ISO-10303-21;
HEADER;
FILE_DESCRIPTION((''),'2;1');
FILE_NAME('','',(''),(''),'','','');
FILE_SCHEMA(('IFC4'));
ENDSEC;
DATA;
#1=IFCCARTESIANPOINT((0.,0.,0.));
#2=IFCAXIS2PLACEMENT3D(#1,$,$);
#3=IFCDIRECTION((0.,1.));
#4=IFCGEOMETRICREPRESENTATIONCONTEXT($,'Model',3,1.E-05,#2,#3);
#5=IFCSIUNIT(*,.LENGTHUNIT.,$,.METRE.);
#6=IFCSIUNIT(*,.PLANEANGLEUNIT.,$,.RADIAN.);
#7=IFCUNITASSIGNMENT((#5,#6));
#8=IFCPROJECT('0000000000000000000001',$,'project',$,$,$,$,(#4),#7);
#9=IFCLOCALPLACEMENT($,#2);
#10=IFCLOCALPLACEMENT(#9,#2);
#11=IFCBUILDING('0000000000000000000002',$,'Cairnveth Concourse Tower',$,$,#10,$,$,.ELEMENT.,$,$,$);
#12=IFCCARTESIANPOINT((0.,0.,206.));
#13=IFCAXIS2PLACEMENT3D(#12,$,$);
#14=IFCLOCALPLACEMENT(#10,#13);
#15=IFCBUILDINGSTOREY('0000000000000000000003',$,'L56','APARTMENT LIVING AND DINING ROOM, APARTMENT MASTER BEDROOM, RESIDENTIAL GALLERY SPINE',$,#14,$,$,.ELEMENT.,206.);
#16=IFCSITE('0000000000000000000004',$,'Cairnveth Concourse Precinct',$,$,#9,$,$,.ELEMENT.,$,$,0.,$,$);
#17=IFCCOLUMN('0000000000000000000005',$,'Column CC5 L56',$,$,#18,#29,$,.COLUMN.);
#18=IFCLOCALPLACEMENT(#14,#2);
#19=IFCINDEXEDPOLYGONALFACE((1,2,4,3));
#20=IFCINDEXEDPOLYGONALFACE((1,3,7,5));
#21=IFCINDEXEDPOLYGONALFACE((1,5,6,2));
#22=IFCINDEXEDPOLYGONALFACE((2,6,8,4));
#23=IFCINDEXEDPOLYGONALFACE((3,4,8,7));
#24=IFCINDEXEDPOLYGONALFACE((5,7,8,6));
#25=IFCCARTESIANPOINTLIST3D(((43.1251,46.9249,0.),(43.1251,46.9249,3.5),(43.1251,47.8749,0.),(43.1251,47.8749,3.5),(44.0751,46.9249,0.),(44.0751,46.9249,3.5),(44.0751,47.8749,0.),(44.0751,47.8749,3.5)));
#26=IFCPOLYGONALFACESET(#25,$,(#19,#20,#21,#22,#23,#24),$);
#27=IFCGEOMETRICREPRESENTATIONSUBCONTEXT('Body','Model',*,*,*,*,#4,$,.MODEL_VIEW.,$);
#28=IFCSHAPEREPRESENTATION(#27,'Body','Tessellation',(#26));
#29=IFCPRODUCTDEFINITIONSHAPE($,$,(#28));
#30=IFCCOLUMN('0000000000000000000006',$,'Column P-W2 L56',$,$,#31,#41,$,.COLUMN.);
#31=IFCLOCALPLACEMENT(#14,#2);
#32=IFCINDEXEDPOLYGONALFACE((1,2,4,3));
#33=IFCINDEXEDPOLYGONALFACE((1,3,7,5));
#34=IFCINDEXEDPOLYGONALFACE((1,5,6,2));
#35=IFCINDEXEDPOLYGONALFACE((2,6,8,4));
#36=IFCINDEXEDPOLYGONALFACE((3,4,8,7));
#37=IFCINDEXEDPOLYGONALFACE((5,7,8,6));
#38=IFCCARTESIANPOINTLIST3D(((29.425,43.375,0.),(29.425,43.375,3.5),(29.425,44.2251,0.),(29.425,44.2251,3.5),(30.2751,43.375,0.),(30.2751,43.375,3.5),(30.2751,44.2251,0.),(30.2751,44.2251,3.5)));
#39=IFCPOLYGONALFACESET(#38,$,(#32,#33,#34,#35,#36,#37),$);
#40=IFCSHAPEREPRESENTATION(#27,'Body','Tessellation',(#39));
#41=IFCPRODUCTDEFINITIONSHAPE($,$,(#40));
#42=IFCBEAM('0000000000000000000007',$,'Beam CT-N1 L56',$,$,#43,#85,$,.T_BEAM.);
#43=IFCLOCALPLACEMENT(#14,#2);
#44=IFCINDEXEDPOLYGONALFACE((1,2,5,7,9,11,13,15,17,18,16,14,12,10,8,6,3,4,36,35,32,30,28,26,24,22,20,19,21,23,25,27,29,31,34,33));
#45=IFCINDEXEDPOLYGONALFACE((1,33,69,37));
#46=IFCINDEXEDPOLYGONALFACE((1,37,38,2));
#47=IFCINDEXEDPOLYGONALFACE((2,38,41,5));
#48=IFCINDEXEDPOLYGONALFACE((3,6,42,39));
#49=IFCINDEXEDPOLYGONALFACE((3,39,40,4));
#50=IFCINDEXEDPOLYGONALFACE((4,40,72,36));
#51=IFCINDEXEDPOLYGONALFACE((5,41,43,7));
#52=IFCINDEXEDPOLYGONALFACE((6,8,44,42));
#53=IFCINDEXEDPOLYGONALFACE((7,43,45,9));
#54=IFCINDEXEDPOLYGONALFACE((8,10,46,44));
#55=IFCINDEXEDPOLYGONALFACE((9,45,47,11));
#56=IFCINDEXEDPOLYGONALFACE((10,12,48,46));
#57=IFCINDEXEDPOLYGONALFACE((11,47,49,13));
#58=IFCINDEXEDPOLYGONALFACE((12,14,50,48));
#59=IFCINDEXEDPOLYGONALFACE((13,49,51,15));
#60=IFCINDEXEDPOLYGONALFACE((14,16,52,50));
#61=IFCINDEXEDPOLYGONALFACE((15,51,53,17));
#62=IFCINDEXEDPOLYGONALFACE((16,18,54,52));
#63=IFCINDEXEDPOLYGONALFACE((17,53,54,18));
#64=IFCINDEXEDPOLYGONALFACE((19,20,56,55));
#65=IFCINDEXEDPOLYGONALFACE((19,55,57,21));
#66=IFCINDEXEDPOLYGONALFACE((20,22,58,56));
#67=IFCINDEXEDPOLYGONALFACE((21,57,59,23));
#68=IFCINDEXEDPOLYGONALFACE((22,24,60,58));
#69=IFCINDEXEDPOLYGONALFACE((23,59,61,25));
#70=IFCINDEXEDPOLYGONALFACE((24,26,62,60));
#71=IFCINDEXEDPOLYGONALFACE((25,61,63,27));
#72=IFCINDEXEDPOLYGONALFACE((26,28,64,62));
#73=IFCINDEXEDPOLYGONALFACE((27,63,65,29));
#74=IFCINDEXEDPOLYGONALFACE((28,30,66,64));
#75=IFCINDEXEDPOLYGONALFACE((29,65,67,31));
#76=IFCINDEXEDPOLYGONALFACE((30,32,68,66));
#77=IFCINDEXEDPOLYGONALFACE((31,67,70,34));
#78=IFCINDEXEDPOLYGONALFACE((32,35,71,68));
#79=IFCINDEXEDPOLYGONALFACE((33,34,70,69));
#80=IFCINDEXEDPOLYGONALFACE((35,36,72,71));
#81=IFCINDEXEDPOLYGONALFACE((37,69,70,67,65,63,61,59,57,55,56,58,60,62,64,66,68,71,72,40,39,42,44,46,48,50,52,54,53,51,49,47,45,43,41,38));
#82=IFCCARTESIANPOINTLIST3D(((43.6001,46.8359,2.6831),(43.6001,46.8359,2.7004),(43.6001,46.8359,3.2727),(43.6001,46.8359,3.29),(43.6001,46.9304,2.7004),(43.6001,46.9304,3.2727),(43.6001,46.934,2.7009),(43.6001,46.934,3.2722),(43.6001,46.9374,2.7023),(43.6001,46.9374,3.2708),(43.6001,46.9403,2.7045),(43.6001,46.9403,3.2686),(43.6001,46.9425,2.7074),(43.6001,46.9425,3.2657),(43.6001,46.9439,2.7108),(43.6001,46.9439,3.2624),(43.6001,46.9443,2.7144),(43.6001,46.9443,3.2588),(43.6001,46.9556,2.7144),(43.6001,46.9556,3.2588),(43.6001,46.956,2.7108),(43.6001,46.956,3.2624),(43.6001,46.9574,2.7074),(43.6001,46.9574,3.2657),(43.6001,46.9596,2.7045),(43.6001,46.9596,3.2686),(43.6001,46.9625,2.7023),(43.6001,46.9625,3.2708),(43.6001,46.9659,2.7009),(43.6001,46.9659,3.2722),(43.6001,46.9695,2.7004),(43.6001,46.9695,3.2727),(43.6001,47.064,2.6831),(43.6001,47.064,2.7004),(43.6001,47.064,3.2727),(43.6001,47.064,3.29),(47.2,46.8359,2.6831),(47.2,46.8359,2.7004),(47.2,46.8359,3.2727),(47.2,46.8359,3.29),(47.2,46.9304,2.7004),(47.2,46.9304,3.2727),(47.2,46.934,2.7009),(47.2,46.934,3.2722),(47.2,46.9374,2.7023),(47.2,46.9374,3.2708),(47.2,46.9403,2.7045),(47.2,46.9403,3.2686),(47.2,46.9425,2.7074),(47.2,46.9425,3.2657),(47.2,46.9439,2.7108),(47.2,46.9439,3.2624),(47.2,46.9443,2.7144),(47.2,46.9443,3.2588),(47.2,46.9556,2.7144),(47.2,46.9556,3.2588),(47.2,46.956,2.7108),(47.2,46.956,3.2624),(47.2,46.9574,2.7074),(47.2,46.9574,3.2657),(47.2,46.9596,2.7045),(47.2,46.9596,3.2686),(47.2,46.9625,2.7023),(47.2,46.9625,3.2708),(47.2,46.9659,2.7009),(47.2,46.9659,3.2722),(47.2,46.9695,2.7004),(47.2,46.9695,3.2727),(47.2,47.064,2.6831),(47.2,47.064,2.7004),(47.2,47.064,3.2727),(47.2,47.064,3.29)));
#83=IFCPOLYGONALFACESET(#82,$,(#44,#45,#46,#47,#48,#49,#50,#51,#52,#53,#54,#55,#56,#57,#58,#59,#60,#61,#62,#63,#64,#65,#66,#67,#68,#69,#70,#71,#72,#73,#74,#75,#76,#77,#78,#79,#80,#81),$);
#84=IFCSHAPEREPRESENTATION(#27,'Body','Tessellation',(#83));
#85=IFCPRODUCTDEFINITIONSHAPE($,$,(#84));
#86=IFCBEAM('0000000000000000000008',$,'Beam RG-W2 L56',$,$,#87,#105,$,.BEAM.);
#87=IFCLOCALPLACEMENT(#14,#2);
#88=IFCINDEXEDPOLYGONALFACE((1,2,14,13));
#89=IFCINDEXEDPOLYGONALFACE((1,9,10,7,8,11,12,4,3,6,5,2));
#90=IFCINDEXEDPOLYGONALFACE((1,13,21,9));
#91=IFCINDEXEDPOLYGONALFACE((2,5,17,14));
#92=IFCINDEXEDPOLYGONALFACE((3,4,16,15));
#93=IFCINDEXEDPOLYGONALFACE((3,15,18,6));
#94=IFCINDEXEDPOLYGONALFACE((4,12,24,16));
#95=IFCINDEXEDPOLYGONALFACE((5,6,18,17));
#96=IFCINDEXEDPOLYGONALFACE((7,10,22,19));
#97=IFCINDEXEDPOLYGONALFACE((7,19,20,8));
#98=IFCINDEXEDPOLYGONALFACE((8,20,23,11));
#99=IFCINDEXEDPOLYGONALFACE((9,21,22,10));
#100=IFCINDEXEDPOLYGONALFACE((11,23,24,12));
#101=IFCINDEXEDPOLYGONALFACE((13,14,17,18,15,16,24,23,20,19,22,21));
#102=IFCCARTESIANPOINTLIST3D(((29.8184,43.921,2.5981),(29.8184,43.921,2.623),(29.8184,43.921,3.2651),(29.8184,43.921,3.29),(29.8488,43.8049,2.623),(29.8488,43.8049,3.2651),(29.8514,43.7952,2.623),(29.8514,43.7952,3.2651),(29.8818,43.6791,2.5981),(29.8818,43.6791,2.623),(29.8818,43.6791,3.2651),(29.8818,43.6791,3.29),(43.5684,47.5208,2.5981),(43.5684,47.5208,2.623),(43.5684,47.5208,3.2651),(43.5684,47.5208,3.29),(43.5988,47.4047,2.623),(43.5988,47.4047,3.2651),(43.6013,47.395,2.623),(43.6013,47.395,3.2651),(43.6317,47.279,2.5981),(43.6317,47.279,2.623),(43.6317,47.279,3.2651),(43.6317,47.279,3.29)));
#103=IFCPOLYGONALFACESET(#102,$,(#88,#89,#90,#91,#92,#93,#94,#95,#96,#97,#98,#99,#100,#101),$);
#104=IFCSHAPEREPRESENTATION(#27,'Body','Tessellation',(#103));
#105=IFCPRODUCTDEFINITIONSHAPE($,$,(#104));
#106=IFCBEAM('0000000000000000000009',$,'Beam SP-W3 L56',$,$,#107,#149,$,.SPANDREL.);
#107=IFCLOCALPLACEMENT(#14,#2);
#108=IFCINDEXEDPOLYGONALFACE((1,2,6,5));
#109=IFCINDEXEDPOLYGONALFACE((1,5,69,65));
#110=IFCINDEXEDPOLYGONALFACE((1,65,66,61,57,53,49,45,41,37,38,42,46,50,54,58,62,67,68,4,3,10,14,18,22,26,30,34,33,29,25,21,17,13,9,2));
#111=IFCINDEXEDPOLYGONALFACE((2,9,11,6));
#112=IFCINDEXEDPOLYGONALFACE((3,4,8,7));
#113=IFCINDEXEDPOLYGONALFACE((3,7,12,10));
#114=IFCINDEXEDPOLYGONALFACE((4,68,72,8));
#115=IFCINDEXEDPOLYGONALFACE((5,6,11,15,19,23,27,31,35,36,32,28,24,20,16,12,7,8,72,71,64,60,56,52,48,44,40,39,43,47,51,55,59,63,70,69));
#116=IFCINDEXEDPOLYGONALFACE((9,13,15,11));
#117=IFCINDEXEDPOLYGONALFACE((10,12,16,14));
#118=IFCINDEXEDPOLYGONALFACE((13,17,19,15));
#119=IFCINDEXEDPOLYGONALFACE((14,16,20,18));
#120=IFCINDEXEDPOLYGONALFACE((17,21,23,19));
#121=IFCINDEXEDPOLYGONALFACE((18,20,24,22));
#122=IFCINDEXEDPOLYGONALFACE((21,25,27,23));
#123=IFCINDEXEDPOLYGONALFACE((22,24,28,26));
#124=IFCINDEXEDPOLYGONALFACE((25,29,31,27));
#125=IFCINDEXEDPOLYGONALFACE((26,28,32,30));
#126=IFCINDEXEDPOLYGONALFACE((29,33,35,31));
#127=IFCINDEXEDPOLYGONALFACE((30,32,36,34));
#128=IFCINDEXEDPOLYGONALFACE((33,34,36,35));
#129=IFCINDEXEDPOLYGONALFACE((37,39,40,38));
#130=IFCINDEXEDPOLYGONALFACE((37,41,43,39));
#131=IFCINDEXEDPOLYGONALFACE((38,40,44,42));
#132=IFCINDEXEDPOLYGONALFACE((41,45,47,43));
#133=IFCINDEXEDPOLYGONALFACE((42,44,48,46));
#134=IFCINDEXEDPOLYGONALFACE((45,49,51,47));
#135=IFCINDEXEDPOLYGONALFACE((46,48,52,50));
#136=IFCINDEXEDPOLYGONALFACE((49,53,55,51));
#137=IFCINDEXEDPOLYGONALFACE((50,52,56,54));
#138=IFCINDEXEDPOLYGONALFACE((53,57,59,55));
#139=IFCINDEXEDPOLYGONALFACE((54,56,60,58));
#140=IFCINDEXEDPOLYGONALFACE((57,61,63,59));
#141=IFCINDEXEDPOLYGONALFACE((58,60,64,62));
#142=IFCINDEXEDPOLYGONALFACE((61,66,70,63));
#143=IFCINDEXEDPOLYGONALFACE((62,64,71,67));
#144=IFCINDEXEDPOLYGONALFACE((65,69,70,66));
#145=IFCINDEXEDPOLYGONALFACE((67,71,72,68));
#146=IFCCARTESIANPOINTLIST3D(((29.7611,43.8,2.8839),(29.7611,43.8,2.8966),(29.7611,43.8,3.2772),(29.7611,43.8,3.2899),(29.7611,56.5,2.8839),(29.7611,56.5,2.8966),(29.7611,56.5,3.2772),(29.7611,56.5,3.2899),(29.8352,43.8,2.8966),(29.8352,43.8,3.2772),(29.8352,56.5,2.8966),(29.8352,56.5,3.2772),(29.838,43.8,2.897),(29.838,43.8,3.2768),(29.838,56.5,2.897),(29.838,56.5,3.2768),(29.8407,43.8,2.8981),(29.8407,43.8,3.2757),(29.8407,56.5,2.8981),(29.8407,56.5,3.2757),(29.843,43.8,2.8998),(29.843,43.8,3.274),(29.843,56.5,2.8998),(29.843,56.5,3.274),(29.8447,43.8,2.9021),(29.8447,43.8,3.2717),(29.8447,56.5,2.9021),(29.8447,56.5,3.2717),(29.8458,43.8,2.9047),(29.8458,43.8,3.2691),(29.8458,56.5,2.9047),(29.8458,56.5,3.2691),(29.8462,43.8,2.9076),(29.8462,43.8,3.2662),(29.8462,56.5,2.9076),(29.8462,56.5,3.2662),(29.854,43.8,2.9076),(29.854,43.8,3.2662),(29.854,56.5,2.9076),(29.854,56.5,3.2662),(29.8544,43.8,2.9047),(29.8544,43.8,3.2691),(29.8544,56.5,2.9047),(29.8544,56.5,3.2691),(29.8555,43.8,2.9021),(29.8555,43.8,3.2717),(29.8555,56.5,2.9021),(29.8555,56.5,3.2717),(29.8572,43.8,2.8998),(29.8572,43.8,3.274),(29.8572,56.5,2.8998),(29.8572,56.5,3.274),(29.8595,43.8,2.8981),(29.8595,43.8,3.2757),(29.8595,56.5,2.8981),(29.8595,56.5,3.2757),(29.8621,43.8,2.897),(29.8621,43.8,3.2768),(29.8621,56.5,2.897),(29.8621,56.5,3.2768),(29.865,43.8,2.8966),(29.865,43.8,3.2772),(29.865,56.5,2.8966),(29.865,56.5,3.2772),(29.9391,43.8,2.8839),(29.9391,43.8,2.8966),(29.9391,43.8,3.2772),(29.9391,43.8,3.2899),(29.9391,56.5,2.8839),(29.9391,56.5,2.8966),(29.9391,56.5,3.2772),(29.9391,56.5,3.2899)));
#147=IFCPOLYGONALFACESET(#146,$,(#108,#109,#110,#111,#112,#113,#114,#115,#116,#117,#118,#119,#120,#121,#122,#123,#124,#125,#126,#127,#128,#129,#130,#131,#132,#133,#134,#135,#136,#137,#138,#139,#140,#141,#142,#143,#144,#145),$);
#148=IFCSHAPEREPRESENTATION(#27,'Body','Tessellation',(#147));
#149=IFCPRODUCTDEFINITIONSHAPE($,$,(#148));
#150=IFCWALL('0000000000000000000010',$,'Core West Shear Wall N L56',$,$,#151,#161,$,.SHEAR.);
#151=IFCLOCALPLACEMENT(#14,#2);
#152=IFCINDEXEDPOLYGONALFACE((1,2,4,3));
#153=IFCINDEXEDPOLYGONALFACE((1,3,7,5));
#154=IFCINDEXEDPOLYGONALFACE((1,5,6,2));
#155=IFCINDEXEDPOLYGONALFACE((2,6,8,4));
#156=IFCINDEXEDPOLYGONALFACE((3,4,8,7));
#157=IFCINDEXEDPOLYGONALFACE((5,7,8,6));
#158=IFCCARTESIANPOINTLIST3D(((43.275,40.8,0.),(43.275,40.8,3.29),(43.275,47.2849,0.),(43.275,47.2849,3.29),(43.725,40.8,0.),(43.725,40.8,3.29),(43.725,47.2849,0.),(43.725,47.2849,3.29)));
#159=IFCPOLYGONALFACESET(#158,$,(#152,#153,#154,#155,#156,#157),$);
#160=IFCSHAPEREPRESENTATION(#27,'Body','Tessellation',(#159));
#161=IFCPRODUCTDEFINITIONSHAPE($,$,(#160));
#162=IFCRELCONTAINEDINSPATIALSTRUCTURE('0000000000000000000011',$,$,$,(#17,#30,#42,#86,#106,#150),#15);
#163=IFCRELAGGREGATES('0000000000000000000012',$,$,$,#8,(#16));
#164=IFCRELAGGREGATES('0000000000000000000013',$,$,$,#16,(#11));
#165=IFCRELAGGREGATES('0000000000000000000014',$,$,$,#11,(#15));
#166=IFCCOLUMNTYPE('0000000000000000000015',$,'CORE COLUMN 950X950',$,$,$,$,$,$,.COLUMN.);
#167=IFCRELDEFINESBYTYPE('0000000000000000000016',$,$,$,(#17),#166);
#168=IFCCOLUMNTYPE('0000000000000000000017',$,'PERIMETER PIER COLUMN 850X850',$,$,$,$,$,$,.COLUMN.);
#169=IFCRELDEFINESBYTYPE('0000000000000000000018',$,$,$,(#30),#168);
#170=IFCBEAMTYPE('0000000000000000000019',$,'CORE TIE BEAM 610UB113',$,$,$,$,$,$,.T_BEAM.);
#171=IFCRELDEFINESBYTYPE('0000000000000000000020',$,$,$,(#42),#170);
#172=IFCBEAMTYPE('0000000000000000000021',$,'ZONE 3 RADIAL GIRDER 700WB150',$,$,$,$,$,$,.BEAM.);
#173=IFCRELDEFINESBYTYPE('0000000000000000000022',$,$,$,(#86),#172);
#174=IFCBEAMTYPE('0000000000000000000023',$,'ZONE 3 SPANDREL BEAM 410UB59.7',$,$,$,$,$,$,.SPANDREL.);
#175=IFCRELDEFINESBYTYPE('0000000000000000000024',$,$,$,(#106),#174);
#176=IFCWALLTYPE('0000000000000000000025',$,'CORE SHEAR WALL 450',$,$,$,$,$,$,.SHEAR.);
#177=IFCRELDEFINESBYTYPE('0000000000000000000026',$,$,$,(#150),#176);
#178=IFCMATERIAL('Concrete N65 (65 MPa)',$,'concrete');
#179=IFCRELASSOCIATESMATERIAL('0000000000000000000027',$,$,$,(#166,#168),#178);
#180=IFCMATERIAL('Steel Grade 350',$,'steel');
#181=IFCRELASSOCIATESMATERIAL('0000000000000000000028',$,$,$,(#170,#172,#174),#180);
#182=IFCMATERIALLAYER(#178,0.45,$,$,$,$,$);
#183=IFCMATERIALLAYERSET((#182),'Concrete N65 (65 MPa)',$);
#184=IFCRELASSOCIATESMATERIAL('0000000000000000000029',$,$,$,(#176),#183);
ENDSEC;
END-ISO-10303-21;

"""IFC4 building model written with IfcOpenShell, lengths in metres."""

from ifc_helpers import new_model, si_unit, direction, frame, frame_2d, origin, origin_2d, place, context, subcontext, project, spatial, rectangle, i_section, extrude, material, layer, layer_set, material_profile, profile_set, type_object, element, save


model = new_model("IFC4")

# Units and contexts
model_context = context("Model", 3, precision=1e-05, world=origin(), true_north=direction((0.0, 1.0)))
body_context = subcontext(model_context, "Body", "Model", "MODEL_VIEW")
ifc_project = project(units=[si_unit("LENGTHUNIT", "METRE"), si_unit("PLANEANGLEUNIT", "RADIAN")], contexts=[model_context])

# Site, building, storey
site_placement = place(None, origin())
site = spatial("IfcSite", under=ifc_project, at=site_placement, Name="Cairnveth Concourse Precinct", CompositionType="ELEMENT", RefElevation=0.0)
building_placement = place(site_placement, origin())
building = spatial("IfcBuilding", under=site, at=building_placement, Name="Cairnveth Concourse Tower", CompositionType="ELEMENT")
storey_placement = place(building_placement, frame((0.0, 0.0, 206.0)))
storey = spatial("IfcBuildingStorey", under=building, at=storey_placement, Name="L56", Description="APARTMENT LIVING AND DINING ROOM, APARTMENT MASTER BEDROOM, RESIDENTIAL GALLERY SPINE", CompositionType="ELEMENT", Elevation=206.0)

# Columns
ifc_material_1 = material(Name="Concrete N65 (65 MPa)", Category="concrete")
ifc_material_profile_1 = material_profile(ifc_material_1, rectangle(XDim=0.95, YDim=0.95, at=origin_2d()), Name="RC-COL-950x950")
ifc_profile_set_1 = profile_set([ifc_material_profile_1], Name="Concrete N65 (65 MPa)")
column_type_1 = type_object("IfcColumnType", Name="CORE COLUMN 950X950", PredefinedType="COLUMN", material=ifc_profile_set_1)
column_1_placement = place(storey_placement, frame((43.6001, 47.3999, 0.0), z_axis=(0.0, 0.0, 1.0), x_axis=(1.0, 0.0, 0.0)))
element("IfcColumn", 1, at=column_1_placement, inside=storey, type_object=column_type_1, Name="Column CC5 L56", PredefinedType="COLUMN", context=body_context, shape_type="SweptSolid", body=[
    extrude(rectangle(XDim=0.95, YDim=0.95, at=origin_2d()), origin(), (0.0, 0.0, 1.0), 3.5),
])
ifc_material_profile_2 = material_profile(ifc_material_1, rectangle(XDim=0.8501, YDim=0.8501, at=origin_2d()), Name="RC-COL-850x850")
ifc_profile_set_2 = profile_set([ifc_material_profile_2], Name="Concrete N65 (65 MPa)")
column_type_2 = type_object("IfcColumnType", Name="PERIMETER PIER COLUMN 850X850", PredefinedType="COLUMN", material=ifc_profile_set_2)
column_2_placement = place(storey_placement, frame((29.8501, 43.8, 0.0), z_axis=(0.0, 0.0, 1.0), x_axis=(0.0, 1.0, 0.0)))
element("IfcColumn", 2, at=column_2_placement, inside=storey, type_object=column_type_2, Name="Column P-W2 L56", PredefinedType="COLUMN", context=body_context, shape_type="SweptSolid", body=[
    extrude(rectangle(XDim=0.8501, YDim=0.8501, at=origin_2d()), origin(), (0.0, 0.0, 1.0), 3.5),
])

# Beams
ifc_material_2 = material(Name="Steel Grade 350", Category="steel")
ifc_material_profile_3 = material_profile(ifc_material_2, i_section(OverallWidth=0.228, OverallDepth=0.6069, WebThickness=0.0112, FlangeThickness=0.0173, FilletRadius=0.0139, at=origin_2d()), Name="610UB113")
ifc_profile_set_3 = profile_set([ifc_material_profile_3], Name="Steel Grade 350")
beam_type_1 = type_object("IfcBeamType", Name="CORE TIE BEAM 610UB113", PredefinedType="T_BEAM", material=ifc_profile_set_3)
beam_1_placement = place(storey_placement, frame((43.6001, 46.95, 2.9866), z_axis=(1.0, 0.0, 0.0), x_axis=(0.0, 1.0, 0.0)))
element("IfcBeam", 3, at=beam_1_placement, inside=storey, type_object=beam_type_1, Name="Beam CT-N1 L56", PredefinedType="T_BEAM", context=body_context, shape_type="SweptSolid", body=[
    extrude(i_section(OverallWidth=0.228, OverallDepth=0.6069, WebThickness=0.0112, FlangeThickness=0.0173, FilletRadius=0.0139, at=origin_2d()), origin(), (0.0, 0.0, 1.0), 3.5999),
])
ifc_material_profile_4 = material_profile(ifc_material_2, i_section(OverallWidth=0.25, OverallDepth=0.6919, WebThickness=0.01, FlangeThickness=0.0249, at=origin_2d()), Name="700WB150")
ifc_profile_set_4 = profile_set([ifc_material_profile_4], Name="Steel Grade 350")
beam_type_2 = type_object("IfcBeamType", Name="ZONE 3 RADIAL GIRDER 700WB150", PredefinedType="BEAM", material=ifc_profile_set_4)
beam_2_placement = place(storey_placement, frame((29.8501, 43.8, 2.9441), z_axis=(0.967395, 0.253271, 0.0), x_axis=(-0.253271, 0.967395, 0.0)))
element("IfcBeam", 4, at=beam_2_placement, inside=storey, type_object=beam_type_2, Name="Beam RG-W2 L56", PredefinedType="BEAM", context=body_context, shape_type="SweptSolid", body=[
    extrude(i_section(OverallWidth=0.25, OverallDepth=0.6919, WebThickness=0.01, FlangeThickness=0.0249, at=origin_2d()), origin(), (0.0, 0.0, 1.0), 14.2134),
])
ifc_material_profile_5 = material_profile(ifc_material_2, i_section(OverallWidth=0.178, OverallDepth=0.406, WebThickness=0.0078, FlangeThickness=0.0127, FilletRadius=0.011, at=origin_2d()), Name="410UB59.7")
ifc_profile_set_5 = profile_set([ifc_material_profile_5], Name="Steel Grade 350")
beam_type_3 = type_object("IfcBeamType", Name="ZONE 3 SPANDREL BEAM 410UB59.7", PredefinedType="SPANDREL", material=ifc_profile_set_5)
beam_3_placement = place(storey_placement, frame((29.8501, 43.8, 3.0869), z_axis=(0.0, 1.0, 0.0), x_axis=(-1.0, 0.0, 0.0)))
element("IfcBeam", 5, at=beam_3_placement, inside=storey, type_object=beam_type_3, Name="Beam SP-W3 L56", PredefinedType="SPANDREL", context=body_context, shape_type="SweptSolid", body=[
    extrude(i_section(OverallWidth=0.178, OverallDepth=0.406, WebThickness=0.0078, FlangeThickness=0.0127, FilletRadius=0.011, at=origin_2d()), origin(), (0.0, 0.0, 1.0), 12.7),
])

# Wall
ifc_layer_1 = layer(ifc_material_1, 0.45)
ifc_layer_set_1 = layer_set([ifc_layer_1], Name="Concrete N65 (65 MPa)")
wall_type_1 = type_object("IfcWallType", Name="CORE SHEAR WALL 450", PredefinedType="SHEAR", material=ifc_layer_set_1)
wall_1_placement = place(storey_placement, frame((43.5, 40.8, 0.0), z_axis=(0.0, 0.0, 1.0), x_axis=(0.0, 1.0, 0.0)))
element("IfcWall", 6, at=wall_1_placement, inside=storey, type_object=wall_type_1, Name="Core West Shear Wall N L56", PredefinedType="SHEAR", context=body_context, shape_type="SweptSolid", body=[
    extrude(rectangle(XDim=6.4849, YDim=0.45, at=frame_2d((3.2424, 0.0))), origin(), (0.0, 0.0, 1.0), 3.29),
])

save(model, "model.ifc")
